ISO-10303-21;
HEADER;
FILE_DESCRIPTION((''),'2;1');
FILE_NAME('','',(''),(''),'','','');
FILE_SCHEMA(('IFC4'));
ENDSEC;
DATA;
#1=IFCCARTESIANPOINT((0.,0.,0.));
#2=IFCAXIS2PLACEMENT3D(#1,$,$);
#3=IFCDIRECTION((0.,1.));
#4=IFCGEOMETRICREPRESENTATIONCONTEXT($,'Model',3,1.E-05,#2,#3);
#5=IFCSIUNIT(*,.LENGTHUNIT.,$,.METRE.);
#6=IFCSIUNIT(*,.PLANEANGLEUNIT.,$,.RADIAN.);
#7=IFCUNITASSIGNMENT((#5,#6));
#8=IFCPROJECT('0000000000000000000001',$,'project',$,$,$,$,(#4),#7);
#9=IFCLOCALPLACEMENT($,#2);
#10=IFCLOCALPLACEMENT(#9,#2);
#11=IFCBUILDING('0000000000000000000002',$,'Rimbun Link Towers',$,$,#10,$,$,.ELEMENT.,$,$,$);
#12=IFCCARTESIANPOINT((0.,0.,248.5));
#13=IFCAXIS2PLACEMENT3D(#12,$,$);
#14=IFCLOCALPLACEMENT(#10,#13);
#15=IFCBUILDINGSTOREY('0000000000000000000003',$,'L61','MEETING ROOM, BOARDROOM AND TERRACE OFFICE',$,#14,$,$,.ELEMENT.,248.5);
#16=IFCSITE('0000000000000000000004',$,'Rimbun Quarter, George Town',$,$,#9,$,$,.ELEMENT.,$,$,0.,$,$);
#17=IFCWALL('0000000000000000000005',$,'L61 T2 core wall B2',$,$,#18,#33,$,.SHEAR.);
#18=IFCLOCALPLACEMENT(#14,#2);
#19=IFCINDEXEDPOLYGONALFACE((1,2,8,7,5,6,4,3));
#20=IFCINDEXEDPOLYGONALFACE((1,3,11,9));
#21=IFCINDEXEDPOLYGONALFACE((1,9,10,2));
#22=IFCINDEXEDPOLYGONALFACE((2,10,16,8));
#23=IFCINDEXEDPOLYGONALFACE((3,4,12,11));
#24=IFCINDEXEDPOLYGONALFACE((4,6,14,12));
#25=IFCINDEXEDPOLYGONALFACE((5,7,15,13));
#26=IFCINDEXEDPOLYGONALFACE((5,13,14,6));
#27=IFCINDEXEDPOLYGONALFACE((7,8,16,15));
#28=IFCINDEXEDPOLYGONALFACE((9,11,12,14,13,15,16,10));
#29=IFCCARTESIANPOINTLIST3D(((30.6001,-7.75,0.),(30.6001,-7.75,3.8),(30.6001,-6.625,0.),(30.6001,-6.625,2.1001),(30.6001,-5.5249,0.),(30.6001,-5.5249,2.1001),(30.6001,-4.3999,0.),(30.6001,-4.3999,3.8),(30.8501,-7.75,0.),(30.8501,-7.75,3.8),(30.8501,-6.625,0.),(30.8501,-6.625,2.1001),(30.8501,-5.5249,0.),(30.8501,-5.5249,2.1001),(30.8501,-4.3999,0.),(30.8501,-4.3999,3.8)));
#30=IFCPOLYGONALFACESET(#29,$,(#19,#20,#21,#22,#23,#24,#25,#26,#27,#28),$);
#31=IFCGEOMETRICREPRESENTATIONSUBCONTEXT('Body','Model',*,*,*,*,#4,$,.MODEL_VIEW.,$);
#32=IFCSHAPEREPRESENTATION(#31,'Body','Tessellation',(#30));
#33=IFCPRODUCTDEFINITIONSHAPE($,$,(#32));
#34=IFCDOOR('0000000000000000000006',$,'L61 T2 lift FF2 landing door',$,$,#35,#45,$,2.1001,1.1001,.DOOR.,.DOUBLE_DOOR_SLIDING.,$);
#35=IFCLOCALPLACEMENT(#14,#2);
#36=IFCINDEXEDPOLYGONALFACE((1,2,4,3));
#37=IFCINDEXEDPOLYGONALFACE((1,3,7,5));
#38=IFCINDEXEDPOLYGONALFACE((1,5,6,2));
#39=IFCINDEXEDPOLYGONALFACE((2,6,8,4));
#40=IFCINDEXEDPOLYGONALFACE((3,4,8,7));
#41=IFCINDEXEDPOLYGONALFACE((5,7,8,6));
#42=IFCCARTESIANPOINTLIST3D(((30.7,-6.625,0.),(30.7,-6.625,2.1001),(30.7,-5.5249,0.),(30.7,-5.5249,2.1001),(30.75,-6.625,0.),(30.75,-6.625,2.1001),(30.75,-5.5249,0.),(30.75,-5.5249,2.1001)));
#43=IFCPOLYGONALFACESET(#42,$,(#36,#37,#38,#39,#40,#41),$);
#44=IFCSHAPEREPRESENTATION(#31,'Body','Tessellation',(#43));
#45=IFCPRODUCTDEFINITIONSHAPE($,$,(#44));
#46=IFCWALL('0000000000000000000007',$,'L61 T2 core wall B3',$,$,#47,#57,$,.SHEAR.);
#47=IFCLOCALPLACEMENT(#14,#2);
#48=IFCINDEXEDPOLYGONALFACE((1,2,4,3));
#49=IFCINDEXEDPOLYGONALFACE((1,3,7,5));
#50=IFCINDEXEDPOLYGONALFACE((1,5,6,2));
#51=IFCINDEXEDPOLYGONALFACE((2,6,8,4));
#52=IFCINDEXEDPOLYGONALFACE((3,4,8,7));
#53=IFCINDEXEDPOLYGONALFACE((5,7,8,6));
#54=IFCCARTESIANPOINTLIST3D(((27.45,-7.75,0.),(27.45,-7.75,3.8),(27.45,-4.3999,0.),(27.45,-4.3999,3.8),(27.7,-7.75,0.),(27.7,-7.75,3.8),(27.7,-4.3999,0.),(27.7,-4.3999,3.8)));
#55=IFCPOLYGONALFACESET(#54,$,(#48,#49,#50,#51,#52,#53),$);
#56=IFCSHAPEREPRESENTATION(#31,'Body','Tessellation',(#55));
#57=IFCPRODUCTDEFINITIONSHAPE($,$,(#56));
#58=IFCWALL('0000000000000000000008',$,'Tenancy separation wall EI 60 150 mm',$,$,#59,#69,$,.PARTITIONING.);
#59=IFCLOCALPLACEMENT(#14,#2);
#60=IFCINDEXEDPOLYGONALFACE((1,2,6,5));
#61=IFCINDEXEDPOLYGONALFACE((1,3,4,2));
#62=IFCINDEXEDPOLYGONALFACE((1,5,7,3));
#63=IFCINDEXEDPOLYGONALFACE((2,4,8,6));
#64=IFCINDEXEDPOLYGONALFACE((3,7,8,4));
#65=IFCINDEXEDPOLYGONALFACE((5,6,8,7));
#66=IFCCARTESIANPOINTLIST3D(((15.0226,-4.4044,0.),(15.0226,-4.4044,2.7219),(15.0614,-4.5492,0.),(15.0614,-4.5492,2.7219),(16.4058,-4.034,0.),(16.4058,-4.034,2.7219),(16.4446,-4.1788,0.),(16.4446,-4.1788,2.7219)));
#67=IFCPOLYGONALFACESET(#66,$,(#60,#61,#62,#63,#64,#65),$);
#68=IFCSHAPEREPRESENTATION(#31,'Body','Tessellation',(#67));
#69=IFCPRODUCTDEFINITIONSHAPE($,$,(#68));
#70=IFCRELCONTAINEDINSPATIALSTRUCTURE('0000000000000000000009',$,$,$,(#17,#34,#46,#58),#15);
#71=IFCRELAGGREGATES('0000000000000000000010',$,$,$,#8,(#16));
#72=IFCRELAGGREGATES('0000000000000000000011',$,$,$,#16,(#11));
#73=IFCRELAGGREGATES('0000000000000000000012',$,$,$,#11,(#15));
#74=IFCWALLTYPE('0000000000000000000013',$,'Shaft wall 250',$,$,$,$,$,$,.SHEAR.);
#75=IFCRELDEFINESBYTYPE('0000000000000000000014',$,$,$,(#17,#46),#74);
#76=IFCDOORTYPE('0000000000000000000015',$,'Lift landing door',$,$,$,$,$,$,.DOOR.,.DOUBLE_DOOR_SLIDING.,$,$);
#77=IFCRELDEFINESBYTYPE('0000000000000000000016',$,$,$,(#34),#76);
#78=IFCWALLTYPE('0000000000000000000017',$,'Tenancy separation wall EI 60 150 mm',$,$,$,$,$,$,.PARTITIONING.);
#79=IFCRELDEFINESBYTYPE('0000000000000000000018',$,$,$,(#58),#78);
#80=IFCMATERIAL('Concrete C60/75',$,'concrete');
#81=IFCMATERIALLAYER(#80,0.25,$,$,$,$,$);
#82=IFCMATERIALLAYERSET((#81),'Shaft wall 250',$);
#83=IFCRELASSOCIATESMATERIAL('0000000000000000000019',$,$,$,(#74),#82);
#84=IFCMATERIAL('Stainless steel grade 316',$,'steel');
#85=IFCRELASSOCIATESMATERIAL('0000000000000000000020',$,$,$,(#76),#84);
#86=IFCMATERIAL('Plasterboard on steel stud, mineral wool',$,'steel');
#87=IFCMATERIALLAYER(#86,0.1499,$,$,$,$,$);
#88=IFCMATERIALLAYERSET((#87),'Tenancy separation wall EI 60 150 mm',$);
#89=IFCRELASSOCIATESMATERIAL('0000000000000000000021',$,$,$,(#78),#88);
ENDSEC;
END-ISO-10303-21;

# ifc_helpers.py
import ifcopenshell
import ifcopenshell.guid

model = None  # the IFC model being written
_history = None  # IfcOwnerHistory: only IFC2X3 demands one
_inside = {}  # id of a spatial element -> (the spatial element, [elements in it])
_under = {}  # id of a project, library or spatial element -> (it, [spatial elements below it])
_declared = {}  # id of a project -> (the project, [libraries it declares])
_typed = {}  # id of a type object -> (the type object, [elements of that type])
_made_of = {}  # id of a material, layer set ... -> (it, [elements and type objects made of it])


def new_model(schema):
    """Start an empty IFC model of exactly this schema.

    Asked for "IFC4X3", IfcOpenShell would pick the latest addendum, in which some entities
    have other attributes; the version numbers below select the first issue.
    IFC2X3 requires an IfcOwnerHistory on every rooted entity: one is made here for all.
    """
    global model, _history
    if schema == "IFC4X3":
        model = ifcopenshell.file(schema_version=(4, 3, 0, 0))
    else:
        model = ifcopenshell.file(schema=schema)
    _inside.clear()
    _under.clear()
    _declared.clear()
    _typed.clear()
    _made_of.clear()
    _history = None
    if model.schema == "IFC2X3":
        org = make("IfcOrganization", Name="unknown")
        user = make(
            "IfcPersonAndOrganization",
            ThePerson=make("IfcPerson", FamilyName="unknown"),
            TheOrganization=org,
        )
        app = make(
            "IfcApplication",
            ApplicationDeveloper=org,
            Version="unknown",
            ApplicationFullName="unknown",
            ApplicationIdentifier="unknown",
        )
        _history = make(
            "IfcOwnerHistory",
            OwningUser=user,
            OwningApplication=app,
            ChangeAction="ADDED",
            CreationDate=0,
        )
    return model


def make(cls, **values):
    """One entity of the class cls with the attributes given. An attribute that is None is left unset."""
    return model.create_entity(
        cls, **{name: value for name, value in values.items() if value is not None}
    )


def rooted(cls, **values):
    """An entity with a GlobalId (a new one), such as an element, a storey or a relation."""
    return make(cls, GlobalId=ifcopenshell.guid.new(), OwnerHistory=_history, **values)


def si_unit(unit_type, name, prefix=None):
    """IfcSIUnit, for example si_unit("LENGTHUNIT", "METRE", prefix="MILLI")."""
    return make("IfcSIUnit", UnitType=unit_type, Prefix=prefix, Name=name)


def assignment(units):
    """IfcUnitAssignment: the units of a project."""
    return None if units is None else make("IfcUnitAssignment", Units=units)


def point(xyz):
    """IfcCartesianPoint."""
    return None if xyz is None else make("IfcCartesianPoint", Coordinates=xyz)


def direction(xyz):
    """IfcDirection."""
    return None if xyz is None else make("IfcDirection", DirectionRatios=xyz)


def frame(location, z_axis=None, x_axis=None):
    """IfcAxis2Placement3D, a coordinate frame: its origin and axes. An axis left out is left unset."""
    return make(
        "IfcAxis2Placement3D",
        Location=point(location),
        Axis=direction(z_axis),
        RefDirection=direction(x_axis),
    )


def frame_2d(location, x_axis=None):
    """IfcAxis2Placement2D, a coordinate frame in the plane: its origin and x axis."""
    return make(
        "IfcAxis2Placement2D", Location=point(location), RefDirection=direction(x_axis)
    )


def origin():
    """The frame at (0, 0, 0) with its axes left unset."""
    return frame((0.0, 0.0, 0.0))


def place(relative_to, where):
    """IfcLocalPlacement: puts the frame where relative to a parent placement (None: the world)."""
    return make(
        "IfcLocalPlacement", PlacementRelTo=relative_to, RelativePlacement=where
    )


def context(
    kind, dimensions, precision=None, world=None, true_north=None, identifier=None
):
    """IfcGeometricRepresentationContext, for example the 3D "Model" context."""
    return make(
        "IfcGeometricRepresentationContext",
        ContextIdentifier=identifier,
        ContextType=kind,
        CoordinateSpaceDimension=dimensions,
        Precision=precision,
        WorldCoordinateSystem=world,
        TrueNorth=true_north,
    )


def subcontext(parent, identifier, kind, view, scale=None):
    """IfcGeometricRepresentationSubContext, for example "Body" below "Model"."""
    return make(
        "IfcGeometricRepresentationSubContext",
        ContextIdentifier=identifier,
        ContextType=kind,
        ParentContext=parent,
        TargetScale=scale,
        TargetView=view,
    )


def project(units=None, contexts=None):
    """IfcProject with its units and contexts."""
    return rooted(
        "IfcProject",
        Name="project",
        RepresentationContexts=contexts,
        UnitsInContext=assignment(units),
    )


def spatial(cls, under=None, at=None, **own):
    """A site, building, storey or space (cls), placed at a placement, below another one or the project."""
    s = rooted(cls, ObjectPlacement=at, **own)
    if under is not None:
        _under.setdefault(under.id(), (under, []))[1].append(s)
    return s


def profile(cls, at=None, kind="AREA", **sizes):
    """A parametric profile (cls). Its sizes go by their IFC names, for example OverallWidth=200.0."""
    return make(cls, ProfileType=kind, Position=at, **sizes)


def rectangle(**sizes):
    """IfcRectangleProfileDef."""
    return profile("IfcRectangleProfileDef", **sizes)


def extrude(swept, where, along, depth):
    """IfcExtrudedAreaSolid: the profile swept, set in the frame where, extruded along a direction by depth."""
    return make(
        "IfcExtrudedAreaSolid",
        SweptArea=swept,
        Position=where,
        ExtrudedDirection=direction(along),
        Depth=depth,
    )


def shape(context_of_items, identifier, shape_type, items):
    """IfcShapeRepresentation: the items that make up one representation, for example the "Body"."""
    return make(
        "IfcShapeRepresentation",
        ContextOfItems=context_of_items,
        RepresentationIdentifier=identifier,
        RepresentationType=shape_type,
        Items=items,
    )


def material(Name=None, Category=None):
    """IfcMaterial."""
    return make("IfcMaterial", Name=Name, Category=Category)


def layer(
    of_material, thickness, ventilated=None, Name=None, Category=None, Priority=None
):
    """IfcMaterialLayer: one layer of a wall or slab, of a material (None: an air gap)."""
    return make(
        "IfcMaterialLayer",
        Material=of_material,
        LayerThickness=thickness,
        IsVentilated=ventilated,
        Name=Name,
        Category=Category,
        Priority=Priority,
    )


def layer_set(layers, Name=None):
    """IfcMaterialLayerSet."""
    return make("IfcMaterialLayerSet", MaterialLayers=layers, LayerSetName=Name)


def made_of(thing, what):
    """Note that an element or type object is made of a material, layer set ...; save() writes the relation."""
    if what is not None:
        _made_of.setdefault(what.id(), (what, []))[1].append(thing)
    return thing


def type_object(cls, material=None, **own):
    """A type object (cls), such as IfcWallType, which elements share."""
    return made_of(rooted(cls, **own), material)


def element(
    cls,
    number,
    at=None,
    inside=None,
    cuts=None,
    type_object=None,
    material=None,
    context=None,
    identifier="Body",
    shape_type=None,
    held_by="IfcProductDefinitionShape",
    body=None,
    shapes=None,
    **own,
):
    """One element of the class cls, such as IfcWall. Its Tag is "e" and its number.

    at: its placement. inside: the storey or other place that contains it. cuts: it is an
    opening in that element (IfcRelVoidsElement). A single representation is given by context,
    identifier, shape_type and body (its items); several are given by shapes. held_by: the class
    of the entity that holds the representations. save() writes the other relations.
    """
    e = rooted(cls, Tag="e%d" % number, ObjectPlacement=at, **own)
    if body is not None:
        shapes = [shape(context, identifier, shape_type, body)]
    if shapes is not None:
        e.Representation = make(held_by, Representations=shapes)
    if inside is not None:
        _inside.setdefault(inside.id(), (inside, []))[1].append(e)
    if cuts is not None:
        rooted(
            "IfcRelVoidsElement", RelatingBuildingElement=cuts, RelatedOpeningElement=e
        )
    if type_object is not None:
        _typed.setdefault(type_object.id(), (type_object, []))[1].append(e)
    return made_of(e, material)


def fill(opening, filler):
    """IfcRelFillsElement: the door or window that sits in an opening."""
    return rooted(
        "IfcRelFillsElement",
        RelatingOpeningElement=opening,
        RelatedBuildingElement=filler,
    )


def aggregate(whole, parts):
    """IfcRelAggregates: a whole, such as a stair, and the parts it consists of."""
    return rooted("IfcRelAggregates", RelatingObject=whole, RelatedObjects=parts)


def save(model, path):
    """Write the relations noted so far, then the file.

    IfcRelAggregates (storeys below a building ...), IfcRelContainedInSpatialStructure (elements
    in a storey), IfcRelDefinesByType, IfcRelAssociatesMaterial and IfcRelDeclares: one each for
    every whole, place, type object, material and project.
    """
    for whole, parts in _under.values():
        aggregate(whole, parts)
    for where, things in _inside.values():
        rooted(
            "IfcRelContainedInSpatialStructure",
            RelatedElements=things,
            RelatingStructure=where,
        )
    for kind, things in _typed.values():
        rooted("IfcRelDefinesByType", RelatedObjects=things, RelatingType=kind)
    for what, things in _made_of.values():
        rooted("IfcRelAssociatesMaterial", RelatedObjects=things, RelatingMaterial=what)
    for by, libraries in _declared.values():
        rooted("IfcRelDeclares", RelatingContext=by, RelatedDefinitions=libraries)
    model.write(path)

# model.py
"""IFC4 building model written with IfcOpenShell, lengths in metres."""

from ifc_helpers import new_model, si_unit, direction, frame, frame_2d, origin, place, context, subcontext, project, spatial, rectangle, extrude, material, layer, layer_set, type_object, element, fill, save


model = new_model("IFC4")

# Units and contexts
model_context = context("Model", 3, precision=1e-05, world=origin(), true_north=direction((0.0, 1.0)))
body_context = subcontext(model_context, "Body", "Model", "MODEL_VIEW")
ifc_project = project(units=[si_unit("LENGTHUNIT", "METRE"), si_unit("PLANEANGLEUNIT", "RADIAN")], contexts=[model_context])

# Site, building, storey
site_placement = place(None, origin())
site = spatial("IfcSite", under=ifc_project, at=site_placement, Name="Rimbun Quarter, George Town", CompositionType="ELEMENT", RefElevation=0.0)
building_placement = place(site_placement, origin())
building = spatial("IfcBuilding", under=site, at=building_placement, Name="Rimbun Link Towers", CompositionType="ELEMENT")
storey_placement = place(building_placement, frame((0.0, 0.0, 248.5)))
storey = spatial("IfcBuildingStorey", under=building, at=storey_placement, Name="L61", Description="MEETING ROOM, BOARDROOM AND TERRACE OFFICE", CompositionType="ELEMENT", Elevation=248.5)

# Shared definitions
ifc_material_1 = material(Name="Concrete C60/75", Category="concrete")
ifc_layer_1 = layer(ifc_material_1, 0.25)
ifc_layer_set_1 = layer_set([ifc_layer_1], Name="Shaft wall 250")
wall_type_1 = type_object("IfcWallType", Name="Shaft wall 250", PredefinedType="SHEAR", material=ifc_layer_set_1)

# Shared definitions
ifc_material_2 = material(Name="Stainless steel grade 316", Category="steel")
door_type_1 = type_object("IfcDoorType", Name="Lift landing door", OperationType="DOUBLE_DOOR_SLIDING", PredefinedType="DOOR", material=ifc_material_2)

# Wall, opening, door
wall_1_placement = place(storey_placement, frame((30.7251, -4.3999, 0.0), z_axis=(0.0, 0.0, 1.0), x_axis=(0.0, -1.0, 0.0)))
wall_1 = element("IfcWall", 1, at=wall_1_placement, inside=storey, type_object=wall_type_1, Name="L61 T2 core wall B2", PredefinedType="SHEAR", context=body_context, shape_type="SweptSolid", body=[
    extrude(rectangle(XDim=3.3501, YDim=0.25, at=frame_2d((1.675, 0.0))), origin(), (0.0, 0.0, 1.0), 3.8),
])
opening_1_placement = place(wall_1_placement, frame((1.125, 0.0, 0.0)))
opening_1 = element("IfcOpeningElement", 2, at=opening_1_placement, cuts=wall_1, PredefinedType="OPENING", context=body_context, shape_type="SweptSolid", body=[
    extrude(rectangle(XDim=1.1001, YDim=2.1001, at=frame_2d((0.55, 1.05))), frame((0.0, 0.135, 0.0), z_axis=(0.0, -1.0, 0.0), x_axis=(1.0, 0.0, 0.0)), (0.0, 0.0, 1.0), 0.27),
])
door_1_placement = place(opening_1_placement, origin())
door_1 = element("IfcDoor", 3, at=door_1_placement, inside=storey, type_object=door_type_1, Name="L61 T2 lift FF2 landing door", OperationType="DOUBLE_DOOR_SLIDING", OverallHeight=2.1001, OverallWidth=1.1001, PredefinedType="DOOR", context=body_context, shape_type="SweptSolid", body=[
    extrude(rectangle(XDim=1.1001, YDim=2.1001, at=frame_2d((0.55, 1.05))), frame((0.0, 0.0249, 0.0), z_axis=(0.0, -1.0, 0.0), x_axis=(1.0, 0.0, 0.0)), (0.0, 0.0, 1.0), 0.05),
])
fill(opening_1, door_1)

# Walls
wall_2_placement = place(storey_placement, frame((27.575, -4.3999, 0.0), z_axis=(0.0, 0.0, 1.0), x_axis=(0.0, -1.0, 0.0)))
element("IfcWall", 4, at=wall_2_placement, inside=storey, type_object=wall_type_1, Name="L61 T2 core wall B3", PredefinedType="SHEAR", context=body_context, shape_type="SweptSolid", body=[
    extrude(rectangle(XDim=3.3501, YDim=0.25, at=frame_2d((1.675, 0.0))), origin(), (0.0, 0.0, 1.0), 3.8),
])
ifc_material_3 = material(Name="Plasterboard on steel stud, mineral wool", Category="steel")
ifc_layer_2 = layer(ifc_material_3, 0.1499)
ifc_layer_set_2 = layer_set([ifc_layer_2], Name="Tenancy separation wall EI 60 150 mm")
wall_type_2 = type_object("IfcWallType", Name="Tenancy separation wall EI 60 150 mm", PredefinedType="PARTITIONING", material=ifc_layer_set_2)
wall_3_placement = place(storey_placement, frame((16.425, -4.1064, 0.0), z_axis=(0.0, 0.0, 1.0), x_axis=(-0.965966, -0.258671, 0.0)))
element("IfcWall", 5, at=wall_3_placement, inside=storey, type_object=wall_type_2, Name="Tenancy separation wall EI 60 150 mm", PredefinedType="PARTITIONING", context=body_context, shape_type="SweptSolid", body=[
    extrude(rectangle(XDim=1.4319, YDim=0.1499, at=frame_2d((0.7158, 0.0))), origin(), (0.0, 0.0, 1.0), 2.7219),
])

save(model, "model.ifc")
